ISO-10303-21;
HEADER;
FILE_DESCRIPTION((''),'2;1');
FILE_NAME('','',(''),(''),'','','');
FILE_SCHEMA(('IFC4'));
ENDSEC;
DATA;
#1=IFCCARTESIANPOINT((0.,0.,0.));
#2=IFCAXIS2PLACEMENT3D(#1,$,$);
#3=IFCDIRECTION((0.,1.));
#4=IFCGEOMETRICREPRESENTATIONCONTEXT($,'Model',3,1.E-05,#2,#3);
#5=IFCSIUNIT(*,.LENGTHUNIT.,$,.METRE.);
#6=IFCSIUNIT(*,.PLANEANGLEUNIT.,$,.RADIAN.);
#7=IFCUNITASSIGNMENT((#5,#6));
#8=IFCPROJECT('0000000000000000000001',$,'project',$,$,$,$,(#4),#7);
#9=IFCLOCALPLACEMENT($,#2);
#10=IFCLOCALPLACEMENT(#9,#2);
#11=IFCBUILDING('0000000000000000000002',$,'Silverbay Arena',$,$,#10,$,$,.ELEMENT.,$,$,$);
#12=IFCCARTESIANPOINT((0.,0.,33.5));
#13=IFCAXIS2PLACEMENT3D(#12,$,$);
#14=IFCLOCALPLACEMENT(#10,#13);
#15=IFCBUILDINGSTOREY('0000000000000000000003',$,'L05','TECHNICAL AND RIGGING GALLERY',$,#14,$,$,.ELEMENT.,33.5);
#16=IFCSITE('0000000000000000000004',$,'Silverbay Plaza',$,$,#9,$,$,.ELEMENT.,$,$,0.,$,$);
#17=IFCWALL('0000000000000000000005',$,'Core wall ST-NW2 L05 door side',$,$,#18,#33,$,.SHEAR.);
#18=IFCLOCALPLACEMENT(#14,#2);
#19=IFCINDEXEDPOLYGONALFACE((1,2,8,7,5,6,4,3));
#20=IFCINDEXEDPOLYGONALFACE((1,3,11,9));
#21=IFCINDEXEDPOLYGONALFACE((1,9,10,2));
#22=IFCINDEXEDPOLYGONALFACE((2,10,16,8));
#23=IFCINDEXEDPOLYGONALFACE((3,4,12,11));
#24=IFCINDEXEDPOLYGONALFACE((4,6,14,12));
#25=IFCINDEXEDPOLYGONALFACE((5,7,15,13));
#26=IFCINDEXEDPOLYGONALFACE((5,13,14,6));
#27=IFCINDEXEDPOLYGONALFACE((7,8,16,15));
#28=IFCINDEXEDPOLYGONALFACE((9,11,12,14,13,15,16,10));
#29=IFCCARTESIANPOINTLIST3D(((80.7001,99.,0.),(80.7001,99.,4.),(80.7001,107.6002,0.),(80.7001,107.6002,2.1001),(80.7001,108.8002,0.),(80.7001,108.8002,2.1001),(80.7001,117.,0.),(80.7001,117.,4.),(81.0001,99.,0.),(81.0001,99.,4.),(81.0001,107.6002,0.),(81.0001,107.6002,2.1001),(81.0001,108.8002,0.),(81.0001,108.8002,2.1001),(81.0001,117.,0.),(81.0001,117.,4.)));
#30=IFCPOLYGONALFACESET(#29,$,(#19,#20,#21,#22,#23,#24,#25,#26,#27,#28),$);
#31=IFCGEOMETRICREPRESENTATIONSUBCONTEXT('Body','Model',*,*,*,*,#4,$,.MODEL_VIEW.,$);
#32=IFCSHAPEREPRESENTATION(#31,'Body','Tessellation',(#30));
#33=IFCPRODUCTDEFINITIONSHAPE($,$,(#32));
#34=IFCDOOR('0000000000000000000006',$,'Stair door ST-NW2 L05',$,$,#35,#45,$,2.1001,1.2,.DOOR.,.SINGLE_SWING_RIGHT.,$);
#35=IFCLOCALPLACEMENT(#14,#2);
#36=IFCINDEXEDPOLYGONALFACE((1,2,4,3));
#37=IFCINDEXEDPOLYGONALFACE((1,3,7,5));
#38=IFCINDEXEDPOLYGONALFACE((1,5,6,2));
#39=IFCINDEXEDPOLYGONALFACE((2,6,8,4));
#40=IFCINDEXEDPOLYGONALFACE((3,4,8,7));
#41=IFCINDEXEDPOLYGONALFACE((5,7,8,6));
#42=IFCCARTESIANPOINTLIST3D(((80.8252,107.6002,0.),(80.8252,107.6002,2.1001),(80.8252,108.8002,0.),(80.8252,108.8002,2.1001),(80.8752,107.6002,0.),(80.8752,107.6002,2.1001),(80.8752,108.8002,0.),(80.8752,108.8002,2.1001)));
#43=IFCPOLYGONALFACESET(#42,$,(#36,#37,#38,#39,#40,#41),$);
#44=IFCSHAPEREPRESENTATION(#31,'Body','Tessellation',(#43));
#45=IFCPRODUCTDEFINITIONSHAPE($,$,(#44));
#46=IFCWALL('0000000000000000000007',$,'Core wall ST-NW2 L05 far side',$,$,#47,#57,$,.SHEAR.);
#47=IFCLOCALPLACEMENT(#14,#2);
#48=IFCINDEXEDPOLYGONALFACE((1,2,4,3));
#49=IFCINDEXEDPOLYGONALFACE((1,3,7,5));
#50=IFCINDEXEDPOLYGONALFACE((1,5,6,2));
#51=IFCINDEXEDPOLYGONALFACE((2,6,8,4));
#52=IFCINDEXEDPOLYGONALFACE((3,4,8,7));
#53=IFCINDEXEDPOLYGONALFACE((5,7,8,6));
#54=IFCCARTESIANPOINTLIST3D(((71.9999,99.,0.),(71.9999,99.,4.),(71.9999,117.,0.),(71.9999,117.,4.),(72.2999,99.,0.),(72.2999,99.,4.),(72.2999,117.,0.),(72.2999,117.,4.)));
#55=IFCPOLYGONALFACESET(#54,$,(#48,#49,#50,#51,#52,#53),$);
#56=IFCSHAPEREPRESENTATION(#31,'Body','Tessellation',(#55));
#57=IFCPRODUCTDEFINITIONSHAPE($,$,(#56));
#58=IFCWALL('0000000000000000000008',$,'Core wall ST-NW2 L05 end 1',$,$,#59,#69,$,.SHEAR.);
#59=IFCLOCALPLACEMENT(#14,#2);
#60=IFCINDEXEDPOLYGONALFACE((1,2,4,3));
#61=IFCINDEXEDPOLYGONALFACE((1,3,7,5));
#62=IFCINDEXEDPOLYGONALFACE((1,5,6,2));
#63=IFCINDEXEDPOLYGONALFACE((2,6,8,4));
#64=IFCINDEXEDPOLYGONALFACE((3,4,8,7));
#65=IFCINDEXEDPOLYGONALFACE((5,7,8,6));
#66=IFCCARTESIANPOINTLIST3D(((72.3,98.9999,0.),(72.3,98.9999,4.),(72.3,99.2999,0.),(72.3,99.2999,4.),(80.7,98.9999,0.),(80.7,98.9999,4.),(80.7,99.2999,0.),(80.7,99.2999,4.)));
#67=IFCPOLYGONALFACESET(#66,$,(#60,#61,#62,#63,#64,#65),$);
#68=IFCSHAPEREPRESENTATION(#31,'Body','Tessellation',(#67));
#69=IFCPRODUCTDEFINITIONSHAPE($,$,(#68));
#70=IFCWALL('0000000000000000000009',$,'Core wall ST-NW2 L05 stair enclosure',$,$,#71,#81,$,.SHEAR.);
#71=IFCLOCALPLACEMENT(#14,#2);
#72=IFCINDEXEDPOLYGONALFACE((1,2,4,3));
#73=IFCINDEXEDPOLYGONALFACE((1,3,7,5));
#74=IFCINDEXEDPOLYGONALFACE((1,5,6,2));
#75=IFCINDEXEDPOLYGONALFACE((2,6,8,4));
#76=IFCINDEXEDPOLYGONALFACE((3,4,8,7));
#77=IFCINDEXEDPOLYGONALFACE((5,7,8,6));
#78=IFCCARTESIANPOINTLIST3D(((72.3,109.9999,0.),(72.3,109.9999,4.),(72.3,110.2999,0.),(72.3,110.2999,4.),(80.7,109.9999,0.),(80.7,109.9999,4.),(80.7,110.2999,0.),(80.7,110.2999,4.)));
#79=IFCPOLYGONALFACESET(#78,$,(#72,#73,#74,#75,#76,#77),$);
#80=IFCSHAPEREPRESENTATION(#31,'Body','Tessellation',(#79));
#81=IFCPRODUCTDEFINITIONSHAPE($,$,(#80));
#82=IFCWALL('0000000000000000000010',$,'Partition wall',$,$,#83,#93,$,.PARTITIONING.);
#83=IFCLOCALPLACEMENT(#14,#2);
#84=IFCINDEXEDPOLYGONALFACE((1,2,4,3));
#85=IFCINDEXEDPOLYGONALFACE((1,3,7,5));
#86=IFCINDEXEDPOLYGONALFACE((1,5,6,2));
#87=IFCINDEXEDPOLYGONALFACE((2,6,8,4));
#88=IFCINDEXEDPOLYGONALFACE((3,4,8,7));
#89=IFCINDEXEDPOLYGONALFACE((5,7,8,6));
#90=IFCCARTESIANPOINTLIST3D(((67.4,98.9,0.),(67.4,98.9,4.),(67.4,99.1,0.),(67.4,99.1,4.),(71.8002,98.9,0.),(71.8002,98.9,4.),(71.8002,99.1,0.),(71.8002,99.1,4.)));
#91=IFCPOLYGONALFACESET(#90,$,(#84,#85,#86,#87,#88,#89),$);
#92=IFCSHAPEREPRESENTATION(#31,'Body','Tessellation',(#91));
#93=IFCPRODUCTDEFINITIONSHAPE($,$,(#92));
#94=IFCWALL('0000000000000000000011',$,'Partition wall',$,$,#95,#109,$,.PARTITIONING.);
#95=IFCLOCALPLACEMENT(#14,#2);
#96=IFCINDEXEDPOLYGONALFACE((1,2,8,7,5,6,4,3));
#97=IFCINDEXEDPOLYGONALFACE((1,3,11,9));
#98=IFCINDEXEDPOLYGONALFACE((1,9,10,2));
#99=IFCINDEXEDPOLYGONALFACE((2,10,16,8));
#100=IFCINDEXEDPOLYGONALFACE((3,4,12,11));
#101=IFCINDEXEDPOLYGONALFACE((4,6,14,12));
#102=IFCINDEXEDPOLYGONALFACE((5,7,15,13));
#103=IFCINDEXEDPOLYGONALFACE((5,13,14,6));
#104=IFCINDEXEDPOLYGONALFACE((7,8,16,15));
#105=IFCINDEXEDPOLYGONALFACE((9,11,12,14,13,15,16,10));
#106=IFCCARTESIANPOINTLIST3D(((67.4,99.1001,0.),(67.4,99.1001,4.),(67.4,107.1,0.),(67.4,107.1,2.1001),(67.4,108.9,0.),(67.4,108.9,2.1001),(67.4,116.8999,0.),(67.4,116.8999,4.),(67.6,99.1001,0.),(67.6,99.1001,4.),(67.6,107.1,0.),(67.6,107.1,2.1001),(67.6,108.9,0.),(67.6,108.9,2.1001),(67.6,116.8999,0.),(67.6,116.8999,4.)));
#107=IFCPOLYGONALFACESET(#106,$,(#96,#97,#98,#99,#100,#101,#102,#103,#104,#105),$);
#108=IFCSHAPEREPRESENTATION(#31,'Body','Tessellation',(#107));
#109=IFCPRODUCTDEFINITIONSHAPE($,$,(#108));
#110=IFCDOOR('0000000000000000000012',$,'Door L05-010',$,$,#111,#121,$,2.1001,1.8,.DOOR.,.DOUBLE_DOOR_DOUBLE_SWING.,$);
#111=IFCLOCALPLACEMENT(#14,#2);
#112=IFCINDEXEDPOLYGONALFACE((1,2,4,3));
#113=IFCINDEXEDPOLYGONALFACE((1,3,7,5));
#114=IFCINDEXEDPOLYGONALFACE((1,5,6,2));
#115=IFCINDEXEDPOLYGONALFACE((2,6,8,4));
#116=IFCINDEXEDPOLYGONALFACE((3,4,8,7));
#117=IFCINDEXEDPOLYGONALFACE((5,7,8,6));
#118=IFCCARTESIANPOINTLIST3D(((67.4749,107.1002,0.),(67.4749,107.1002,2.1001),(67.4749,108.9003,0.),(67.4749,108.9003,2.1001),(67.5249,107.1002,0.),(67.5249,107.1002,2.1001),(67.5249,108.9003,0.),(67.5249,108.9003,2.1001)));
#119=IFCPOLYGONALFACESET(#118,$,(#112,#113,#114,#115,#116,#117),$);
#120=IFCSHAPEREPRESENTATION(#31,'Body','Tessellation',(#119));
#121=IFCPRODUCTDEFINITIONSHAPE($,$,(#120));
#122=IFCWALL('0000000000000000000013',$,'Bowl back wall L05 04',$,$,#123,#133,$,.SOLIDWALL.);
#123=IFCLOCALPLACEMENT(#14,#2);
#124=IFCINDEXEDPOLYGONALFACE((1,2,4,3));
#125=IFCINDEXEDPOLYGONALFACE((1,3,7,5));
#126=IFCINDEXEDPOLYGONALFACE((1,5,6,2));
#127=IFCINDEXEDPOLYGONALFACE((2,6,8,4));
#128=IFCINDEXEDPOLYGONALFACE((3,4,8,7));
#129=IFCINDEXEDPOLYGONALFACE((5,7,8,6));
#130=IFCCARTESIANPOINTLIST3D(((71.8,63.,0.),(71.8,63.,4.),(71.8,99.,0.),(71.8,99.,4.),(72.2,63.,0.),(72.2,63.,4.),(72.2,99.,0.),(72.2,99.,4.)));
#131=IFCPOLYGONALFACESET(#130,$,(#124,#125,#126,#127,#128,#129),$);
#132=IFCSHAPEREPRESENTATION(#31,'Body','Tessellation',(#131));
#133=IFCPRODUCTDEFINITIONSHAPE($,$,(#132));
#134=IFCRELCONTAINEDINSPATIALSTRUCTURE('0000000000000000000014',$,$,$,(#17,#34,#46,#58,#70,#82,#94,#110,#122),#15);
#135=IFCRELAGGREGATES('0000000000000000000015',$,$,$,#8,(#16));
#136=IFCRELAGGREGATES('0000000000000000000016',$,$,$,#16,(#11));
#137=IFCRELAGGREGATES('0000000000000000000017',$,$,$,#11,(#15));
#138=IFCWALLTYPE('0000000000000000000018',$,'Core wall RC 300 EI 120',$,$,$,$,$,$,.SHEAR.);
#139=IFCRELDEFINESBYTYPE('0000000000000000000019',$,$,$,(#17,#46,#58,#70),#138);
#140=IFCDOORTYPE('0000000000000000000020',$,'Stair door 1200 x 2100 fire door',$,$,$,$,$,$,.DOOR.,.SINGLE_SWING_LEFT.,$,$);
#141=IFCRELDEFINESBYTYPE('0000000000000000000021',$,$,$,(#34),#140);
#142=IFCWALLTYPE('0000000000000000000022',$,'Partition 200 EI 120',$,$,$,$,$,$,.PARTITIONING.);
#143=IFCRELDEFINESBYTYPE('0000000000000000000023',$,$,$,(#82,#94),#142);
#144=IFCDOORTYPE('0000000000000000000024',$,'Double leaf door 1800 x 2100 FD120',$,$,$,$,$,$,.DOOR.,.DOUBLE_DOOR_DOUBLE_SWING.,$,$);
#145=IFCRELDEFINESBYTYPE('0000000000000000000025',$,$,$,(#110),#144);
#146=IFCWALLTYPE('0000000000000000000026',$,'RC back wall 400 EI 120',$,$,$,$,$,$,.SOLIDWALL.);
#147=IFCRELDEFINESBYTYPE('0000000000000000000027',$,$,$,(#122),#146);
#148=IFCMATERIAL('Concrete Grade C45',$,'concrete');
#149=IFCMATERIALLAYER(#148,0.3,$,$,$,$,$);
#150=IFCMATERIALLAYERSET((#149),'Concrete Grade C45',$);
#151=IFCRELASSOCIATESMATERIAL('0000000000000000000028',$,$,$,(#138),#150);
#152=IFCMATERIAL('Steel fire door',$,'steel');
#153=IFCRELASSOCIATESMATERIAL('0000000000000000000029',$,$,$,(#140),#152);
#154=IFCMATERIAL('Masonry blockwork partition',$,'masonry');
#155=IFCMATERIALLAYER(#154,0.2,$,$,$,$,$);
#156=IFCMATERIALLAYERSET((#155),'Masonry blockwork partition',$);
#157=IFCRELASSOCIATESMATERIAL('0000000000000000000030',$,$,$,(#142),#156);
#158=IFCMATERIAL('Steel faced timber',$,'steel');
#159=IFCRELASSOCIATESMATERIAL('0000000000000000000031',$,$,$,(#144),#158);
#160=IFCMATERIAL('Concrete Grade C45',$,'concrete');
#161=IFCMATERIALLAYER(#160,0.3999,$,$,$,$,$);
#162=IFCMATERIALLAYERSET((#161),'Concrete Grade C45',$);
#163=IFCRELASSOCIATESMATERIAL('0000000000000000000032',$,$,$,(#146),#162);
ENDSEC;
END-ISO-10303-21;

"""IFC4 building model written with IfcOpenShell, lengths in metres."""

from ifc_helpers import new_model, si_unit, direction, frame, frame_2d, origin, place, context, subcontext, project, spatial, rectangle, extrude, material, layer, layer_set, type_object, element, fill, save


model = new_model("IFC4")

# Units and contexts
model_context = context("Model", 3, precision=1e-05, world=origin(), true_north=direction((0.0, 1.0)))
body_context = subcontext(model_context, "Body", "Model", "MODEL_VIEW")
ifc_project = project(units=[si_unit("LENGTHUNIT", "METRE"), si_unit("PLANEANGLEUNIT", "RADIAN")], contexts=[model_context])

# Site, building, storey
site_placement = place(None, origin())
site = spatial("IfcSite", under=ifc_project, at=site_placement, Name="Silverbay Plaza", CompositionType="ELEMENT", RefElevation=0.0)
building_placement = place(site_placement, origin())
building = spatial("IfcBuilding", under=site, at=building_placement, Name="Silverbay Arena", CompositionType="ELEMENT")
storey_placement = place(building_placement, frame((0.0, 0.0, 33.5)))
storey = spatial("IfcBuildingStorey", under=building, at=storey_placement, Name="L05", Description="TECHNICAL AND RIGGING GALLERY", CompositionType="ELEMENT", Elevation=33.5)

# Wall, opening, door
ifc_material_1 = material(Name="Concrete Grade C45", Category="concrete")
ifc_layer_1 = layer(ifc_material_1, 0.3)
ifc_layer_set_1 = layer_set([ifc_layer_1], Name="Concrete Grade C45")
wall_type_1 = type_object("IfcWallType", Name="Core wall RC 300 EI 120", PredefinedType="SHEAR", material=ifc_layer_set_1)
wall_1_placement = place(storey_placement, frame((80.8501, 99.0, 0.0), z_axis=(0.0, 0.0, 1.0), x_axis=(0.0, 1.0, 0.0)))
wall_1 = element("IfcWall", 1, at=wall_1_placement, inside=storey, type_object=wall_type_1, Name="Core wall ST-NW2 L05 door side", PredefinedType="SHEAR", context=body_context, shape_type="SweptSolid", body=[
    extrude(rectangle(XDim=18.0, YDim=0.3, at=frame_2d((9.0, 0.0))), origin(), (0.0, 0.0, 1.0), 4.0),
])
opening_1_placement = place(wall_1_placement, frame((8.6001, 0.0, 0.0)))
opening_1 = element("IfcOpeningElement", 2, at=opening_1_placement, cuts=wall_1, PredefinedType="OPENING", context=body_context, shape_type="SweptSolid", body=[
    extrude(rectangle(XDim=1.2, YDim=2.1001, at=frame_2d((0.6001, 1.05))), frame((0.0, 0.1602, 0.0), z_axis=(0.0, -1.0, 0.0), x_axis=(1.0, 0.0, 0.0)), (0.0, 0.0, 1.0), 0.3201),
])
ifc_material_2 = material(Name="Steel fire door", Category="steel")
door_type_1 = type_object("IfcDoorType", Name="Stair door 1200 x 2100 fire door", OperationType="SINGLE_SWING_LEFT", PredefinedType="DOOR", material=ifc_material_2)
door_1_placement = place(opening_1_placement, origin())
door_1 = element("IfcDoor", 3, at=door_1_placement, inside=storey, type_object=door_type_1, Name="Stair door ST-NW2 L05", OperationType="SINGLE_SWING_RIGHT", OverallHeight=2.1001, OverallWidth=1.2, PredefinedType="DOOR", context=body_context, shape_type="SweptSolid", body=[
    extrude(rectangle(XDim=1.2, YDim=2.1001, at=frame_2d((0.6001, 1.05))), frame((0.0, 0.0249, 0.0), z_axis=(0.0, -1.0, 0.0), x_axis=(1.0, 0.0, 0.0)), (0.0, 0.0, 1.0), 0.05),
])
fill(opening_1, door_1)

# Walls
wall_2_placement = place(storey_placement, frame((72.1499, 99.0, 0.0), z_axis=(0.0, 0.0, 1.0), x_axis=(0.0, 1.0, 0.0)))
element("IfcWall", 4, at=wall_2_placement, inside=storey, type_object=wall_type_1, Name="Core wall ST-NW2 L05 far side", PredefinedType="SHEAR", context=body_context, shape_type="SweptSolid", body=[
    extrude(rectangle(XDim=18.0, YDim=0.3, at=frame_2d((9.0, 0.0))), origin(), (0.0, 0.0, 1.0), 4.0),
])
for number, where, z_axis, x_axis, name in (
    (5, (80.7, 99.1499, 0.0), (0.0, 0.0, 1.0), (-1.0, 0.0, 0.0), "Core wall ST-NW2 L05 end 1"),
    (6, (80.7, 110.1499, 0.0), (0.0, 0.0, 1.0), (-1.0, 0.0, 0.0), "Core wall ST-NW2 L05 stair enclosure"),
):
    element("IfcWall", number, at=place(storey_placement, frame(where, z_axis=z_axis, x_axis=x_axis)), inside=storey, type_object=wall_type_1, Name=name, PredefinedType="SHEAR", context=body_context, shape_type="SweptSolid", body=[
        extrude(rectangle(XDim=8.3999, YDim=0.3, at=frame_2d((4.2, 0.0))), origin(), (0.0, 0.0, 1.0), 4.0),
    ])
ifc_material_3 = material(Name="Masonry blockwork partition", Category="masonry")
ifc_layer_2 = layer(ifc_material_3, 0.2)
ifc_layer_set_2 = layer_set([ifc_layer_2], Name="Masonry blockwork partition")
wall_type_2 = type_object("IfcWallType", Name="Partition 200 EI 120", PredefinedType="PARTITIONING", material=ifc_layer_set_2)
wall_3_placement = place(storey_placement, frame((67.3999, 99.0, 0.0), z_axis=(0.0, 0.0, 1.0), x_axis=(1.0, 0.0, 0.0)))
element("IfcWall", 7, at=wall_3_placement, inside=storey, type_object=wall_type_2, Name="Partition wall", PredefinedType="PARTITIONING", context=body_context, shape_type="SweptSolid", body=[
    extrude(rectangle(XDim=4.4001, YDim=0.2, at=frame_2d((2.2002, 0.0))), origin(), (0.0, 0.0, 1.0), 4.0),
])

# Wall, opening, door
wall_4_placement = place(storey_placement, frame((67.5, 99.1001, 0.0), z_axis=(0.0, 0.0, 1.0), x_axis=(0.0, 1.0, 0.0)))
wall_4 = element("IfcWall", 8, at=wall_4_placement, inside=storey, type_object=wall_type_2, Name="Partition wall", PredefinedType="PARTITIONING", context=body_context, shape_type="SweptSolid", body=[
    extrude(rectangle(XDim=17.7998, YDim=0.2, at=frame_2d((8.8999, 0.0))), origin(), (0.0, 0.0, 1.0), 4.0),
])
opening_2_placement = place(wall_4_placement, frame((8.0, 0.0, 0.0)))
opening_2 = element("IfcOpeningElement", 9, at=opening_2_placement, cuts=wall_4, PredefinedType="OPENING", context=body_context, shape_type="SweptSolid", body=[
    extrude(rectangle(XDim=1.8, YDim=2.1001, at=frame_2d((0.8999, 1.05))), frame((0.0, 0.1099, 0.0), z_axis=(0.0, -1.0, 0.0), x_axis=(1.0, 0.0, 0.0)), (0.0, 0.0, 1.0), 0.22),
])
ifc_material_4 = material(Name="Steel faced timber", Category="steel")
door_type_2 = type_object("IfcDoorType", Name="Double leaf door 1800 x 2100 FD120", OperationType="DOUBLE_DOOR_DOUBLE_SWING", PredefinedType="DOOR", material=ifc_material_4)
door_2_placement = place(opening_2_placement, frame((1.8, 0.0, 0.0), z_axis=(0.0, 0.0, 1.0), x_axis=(-1.0, 0.0, 0.0)))
door_2 = element("IfcDoor", 10, at=door_2_placement, inside=storey, type_object=door_type_2, Name="Door L05-010", OperationType="DOUBLE_DOOR_DOUBLE_SWING", OverallHeight=2.1001, OverallWidth=1.8, PredefinedType="DOOR", context=body_context, shape_type="SweptSolid", body=[
    extrude(rectangle(XDim=1.8, YDim=2.1001, at=frame_2d((0.8999, 1.05))), frame((0.0, 0.0249, 0.0), z_axis=(0.0, -1.0, 0.0), x_axis=(1.0, 0.0, 0.0)), (0.0, 0.0, 1.0), 0.05),
])
fill(opening_2, door_2)

# Wall
ifc_material_5 = material(Name="Concrete Grade C45", Category="concrete")
ifc_layer_3 = layer(ifc_material_5, 0.3999)
ifc_layer_set_3 = layer_set([ifc_layer_3], Name="Concrete Grade C45")
wall_type_3 = type_object("IfcWallType", Name="RC back wall 400 EI 120", PredefinedType="SOLIDWALL", material=ifc_layer_set_3)
wall_5_placement = place(storey_placement, frame((72.0, 99.0, 0.0), z_axis=(0.0, 0.0, 1.0), x_axis=(0.0, -1.0, 0.0)))
element("IfcWall", 11, at=wall_5_placement, inside=storey, type_object=wall_type_3, Name="Bowl back wall L05 04", PredefinedType="SOLIDWALL", context=body_context, shape_type="SweptSolid", body=[
    extrude(rectangle(XDim=36.0, YDim=0.3999, at=frame_2d((18.0, 0.0))), origin(), (0.0, 0.0, 1.0), 4.0),
])

save(model, "model.ifc")
